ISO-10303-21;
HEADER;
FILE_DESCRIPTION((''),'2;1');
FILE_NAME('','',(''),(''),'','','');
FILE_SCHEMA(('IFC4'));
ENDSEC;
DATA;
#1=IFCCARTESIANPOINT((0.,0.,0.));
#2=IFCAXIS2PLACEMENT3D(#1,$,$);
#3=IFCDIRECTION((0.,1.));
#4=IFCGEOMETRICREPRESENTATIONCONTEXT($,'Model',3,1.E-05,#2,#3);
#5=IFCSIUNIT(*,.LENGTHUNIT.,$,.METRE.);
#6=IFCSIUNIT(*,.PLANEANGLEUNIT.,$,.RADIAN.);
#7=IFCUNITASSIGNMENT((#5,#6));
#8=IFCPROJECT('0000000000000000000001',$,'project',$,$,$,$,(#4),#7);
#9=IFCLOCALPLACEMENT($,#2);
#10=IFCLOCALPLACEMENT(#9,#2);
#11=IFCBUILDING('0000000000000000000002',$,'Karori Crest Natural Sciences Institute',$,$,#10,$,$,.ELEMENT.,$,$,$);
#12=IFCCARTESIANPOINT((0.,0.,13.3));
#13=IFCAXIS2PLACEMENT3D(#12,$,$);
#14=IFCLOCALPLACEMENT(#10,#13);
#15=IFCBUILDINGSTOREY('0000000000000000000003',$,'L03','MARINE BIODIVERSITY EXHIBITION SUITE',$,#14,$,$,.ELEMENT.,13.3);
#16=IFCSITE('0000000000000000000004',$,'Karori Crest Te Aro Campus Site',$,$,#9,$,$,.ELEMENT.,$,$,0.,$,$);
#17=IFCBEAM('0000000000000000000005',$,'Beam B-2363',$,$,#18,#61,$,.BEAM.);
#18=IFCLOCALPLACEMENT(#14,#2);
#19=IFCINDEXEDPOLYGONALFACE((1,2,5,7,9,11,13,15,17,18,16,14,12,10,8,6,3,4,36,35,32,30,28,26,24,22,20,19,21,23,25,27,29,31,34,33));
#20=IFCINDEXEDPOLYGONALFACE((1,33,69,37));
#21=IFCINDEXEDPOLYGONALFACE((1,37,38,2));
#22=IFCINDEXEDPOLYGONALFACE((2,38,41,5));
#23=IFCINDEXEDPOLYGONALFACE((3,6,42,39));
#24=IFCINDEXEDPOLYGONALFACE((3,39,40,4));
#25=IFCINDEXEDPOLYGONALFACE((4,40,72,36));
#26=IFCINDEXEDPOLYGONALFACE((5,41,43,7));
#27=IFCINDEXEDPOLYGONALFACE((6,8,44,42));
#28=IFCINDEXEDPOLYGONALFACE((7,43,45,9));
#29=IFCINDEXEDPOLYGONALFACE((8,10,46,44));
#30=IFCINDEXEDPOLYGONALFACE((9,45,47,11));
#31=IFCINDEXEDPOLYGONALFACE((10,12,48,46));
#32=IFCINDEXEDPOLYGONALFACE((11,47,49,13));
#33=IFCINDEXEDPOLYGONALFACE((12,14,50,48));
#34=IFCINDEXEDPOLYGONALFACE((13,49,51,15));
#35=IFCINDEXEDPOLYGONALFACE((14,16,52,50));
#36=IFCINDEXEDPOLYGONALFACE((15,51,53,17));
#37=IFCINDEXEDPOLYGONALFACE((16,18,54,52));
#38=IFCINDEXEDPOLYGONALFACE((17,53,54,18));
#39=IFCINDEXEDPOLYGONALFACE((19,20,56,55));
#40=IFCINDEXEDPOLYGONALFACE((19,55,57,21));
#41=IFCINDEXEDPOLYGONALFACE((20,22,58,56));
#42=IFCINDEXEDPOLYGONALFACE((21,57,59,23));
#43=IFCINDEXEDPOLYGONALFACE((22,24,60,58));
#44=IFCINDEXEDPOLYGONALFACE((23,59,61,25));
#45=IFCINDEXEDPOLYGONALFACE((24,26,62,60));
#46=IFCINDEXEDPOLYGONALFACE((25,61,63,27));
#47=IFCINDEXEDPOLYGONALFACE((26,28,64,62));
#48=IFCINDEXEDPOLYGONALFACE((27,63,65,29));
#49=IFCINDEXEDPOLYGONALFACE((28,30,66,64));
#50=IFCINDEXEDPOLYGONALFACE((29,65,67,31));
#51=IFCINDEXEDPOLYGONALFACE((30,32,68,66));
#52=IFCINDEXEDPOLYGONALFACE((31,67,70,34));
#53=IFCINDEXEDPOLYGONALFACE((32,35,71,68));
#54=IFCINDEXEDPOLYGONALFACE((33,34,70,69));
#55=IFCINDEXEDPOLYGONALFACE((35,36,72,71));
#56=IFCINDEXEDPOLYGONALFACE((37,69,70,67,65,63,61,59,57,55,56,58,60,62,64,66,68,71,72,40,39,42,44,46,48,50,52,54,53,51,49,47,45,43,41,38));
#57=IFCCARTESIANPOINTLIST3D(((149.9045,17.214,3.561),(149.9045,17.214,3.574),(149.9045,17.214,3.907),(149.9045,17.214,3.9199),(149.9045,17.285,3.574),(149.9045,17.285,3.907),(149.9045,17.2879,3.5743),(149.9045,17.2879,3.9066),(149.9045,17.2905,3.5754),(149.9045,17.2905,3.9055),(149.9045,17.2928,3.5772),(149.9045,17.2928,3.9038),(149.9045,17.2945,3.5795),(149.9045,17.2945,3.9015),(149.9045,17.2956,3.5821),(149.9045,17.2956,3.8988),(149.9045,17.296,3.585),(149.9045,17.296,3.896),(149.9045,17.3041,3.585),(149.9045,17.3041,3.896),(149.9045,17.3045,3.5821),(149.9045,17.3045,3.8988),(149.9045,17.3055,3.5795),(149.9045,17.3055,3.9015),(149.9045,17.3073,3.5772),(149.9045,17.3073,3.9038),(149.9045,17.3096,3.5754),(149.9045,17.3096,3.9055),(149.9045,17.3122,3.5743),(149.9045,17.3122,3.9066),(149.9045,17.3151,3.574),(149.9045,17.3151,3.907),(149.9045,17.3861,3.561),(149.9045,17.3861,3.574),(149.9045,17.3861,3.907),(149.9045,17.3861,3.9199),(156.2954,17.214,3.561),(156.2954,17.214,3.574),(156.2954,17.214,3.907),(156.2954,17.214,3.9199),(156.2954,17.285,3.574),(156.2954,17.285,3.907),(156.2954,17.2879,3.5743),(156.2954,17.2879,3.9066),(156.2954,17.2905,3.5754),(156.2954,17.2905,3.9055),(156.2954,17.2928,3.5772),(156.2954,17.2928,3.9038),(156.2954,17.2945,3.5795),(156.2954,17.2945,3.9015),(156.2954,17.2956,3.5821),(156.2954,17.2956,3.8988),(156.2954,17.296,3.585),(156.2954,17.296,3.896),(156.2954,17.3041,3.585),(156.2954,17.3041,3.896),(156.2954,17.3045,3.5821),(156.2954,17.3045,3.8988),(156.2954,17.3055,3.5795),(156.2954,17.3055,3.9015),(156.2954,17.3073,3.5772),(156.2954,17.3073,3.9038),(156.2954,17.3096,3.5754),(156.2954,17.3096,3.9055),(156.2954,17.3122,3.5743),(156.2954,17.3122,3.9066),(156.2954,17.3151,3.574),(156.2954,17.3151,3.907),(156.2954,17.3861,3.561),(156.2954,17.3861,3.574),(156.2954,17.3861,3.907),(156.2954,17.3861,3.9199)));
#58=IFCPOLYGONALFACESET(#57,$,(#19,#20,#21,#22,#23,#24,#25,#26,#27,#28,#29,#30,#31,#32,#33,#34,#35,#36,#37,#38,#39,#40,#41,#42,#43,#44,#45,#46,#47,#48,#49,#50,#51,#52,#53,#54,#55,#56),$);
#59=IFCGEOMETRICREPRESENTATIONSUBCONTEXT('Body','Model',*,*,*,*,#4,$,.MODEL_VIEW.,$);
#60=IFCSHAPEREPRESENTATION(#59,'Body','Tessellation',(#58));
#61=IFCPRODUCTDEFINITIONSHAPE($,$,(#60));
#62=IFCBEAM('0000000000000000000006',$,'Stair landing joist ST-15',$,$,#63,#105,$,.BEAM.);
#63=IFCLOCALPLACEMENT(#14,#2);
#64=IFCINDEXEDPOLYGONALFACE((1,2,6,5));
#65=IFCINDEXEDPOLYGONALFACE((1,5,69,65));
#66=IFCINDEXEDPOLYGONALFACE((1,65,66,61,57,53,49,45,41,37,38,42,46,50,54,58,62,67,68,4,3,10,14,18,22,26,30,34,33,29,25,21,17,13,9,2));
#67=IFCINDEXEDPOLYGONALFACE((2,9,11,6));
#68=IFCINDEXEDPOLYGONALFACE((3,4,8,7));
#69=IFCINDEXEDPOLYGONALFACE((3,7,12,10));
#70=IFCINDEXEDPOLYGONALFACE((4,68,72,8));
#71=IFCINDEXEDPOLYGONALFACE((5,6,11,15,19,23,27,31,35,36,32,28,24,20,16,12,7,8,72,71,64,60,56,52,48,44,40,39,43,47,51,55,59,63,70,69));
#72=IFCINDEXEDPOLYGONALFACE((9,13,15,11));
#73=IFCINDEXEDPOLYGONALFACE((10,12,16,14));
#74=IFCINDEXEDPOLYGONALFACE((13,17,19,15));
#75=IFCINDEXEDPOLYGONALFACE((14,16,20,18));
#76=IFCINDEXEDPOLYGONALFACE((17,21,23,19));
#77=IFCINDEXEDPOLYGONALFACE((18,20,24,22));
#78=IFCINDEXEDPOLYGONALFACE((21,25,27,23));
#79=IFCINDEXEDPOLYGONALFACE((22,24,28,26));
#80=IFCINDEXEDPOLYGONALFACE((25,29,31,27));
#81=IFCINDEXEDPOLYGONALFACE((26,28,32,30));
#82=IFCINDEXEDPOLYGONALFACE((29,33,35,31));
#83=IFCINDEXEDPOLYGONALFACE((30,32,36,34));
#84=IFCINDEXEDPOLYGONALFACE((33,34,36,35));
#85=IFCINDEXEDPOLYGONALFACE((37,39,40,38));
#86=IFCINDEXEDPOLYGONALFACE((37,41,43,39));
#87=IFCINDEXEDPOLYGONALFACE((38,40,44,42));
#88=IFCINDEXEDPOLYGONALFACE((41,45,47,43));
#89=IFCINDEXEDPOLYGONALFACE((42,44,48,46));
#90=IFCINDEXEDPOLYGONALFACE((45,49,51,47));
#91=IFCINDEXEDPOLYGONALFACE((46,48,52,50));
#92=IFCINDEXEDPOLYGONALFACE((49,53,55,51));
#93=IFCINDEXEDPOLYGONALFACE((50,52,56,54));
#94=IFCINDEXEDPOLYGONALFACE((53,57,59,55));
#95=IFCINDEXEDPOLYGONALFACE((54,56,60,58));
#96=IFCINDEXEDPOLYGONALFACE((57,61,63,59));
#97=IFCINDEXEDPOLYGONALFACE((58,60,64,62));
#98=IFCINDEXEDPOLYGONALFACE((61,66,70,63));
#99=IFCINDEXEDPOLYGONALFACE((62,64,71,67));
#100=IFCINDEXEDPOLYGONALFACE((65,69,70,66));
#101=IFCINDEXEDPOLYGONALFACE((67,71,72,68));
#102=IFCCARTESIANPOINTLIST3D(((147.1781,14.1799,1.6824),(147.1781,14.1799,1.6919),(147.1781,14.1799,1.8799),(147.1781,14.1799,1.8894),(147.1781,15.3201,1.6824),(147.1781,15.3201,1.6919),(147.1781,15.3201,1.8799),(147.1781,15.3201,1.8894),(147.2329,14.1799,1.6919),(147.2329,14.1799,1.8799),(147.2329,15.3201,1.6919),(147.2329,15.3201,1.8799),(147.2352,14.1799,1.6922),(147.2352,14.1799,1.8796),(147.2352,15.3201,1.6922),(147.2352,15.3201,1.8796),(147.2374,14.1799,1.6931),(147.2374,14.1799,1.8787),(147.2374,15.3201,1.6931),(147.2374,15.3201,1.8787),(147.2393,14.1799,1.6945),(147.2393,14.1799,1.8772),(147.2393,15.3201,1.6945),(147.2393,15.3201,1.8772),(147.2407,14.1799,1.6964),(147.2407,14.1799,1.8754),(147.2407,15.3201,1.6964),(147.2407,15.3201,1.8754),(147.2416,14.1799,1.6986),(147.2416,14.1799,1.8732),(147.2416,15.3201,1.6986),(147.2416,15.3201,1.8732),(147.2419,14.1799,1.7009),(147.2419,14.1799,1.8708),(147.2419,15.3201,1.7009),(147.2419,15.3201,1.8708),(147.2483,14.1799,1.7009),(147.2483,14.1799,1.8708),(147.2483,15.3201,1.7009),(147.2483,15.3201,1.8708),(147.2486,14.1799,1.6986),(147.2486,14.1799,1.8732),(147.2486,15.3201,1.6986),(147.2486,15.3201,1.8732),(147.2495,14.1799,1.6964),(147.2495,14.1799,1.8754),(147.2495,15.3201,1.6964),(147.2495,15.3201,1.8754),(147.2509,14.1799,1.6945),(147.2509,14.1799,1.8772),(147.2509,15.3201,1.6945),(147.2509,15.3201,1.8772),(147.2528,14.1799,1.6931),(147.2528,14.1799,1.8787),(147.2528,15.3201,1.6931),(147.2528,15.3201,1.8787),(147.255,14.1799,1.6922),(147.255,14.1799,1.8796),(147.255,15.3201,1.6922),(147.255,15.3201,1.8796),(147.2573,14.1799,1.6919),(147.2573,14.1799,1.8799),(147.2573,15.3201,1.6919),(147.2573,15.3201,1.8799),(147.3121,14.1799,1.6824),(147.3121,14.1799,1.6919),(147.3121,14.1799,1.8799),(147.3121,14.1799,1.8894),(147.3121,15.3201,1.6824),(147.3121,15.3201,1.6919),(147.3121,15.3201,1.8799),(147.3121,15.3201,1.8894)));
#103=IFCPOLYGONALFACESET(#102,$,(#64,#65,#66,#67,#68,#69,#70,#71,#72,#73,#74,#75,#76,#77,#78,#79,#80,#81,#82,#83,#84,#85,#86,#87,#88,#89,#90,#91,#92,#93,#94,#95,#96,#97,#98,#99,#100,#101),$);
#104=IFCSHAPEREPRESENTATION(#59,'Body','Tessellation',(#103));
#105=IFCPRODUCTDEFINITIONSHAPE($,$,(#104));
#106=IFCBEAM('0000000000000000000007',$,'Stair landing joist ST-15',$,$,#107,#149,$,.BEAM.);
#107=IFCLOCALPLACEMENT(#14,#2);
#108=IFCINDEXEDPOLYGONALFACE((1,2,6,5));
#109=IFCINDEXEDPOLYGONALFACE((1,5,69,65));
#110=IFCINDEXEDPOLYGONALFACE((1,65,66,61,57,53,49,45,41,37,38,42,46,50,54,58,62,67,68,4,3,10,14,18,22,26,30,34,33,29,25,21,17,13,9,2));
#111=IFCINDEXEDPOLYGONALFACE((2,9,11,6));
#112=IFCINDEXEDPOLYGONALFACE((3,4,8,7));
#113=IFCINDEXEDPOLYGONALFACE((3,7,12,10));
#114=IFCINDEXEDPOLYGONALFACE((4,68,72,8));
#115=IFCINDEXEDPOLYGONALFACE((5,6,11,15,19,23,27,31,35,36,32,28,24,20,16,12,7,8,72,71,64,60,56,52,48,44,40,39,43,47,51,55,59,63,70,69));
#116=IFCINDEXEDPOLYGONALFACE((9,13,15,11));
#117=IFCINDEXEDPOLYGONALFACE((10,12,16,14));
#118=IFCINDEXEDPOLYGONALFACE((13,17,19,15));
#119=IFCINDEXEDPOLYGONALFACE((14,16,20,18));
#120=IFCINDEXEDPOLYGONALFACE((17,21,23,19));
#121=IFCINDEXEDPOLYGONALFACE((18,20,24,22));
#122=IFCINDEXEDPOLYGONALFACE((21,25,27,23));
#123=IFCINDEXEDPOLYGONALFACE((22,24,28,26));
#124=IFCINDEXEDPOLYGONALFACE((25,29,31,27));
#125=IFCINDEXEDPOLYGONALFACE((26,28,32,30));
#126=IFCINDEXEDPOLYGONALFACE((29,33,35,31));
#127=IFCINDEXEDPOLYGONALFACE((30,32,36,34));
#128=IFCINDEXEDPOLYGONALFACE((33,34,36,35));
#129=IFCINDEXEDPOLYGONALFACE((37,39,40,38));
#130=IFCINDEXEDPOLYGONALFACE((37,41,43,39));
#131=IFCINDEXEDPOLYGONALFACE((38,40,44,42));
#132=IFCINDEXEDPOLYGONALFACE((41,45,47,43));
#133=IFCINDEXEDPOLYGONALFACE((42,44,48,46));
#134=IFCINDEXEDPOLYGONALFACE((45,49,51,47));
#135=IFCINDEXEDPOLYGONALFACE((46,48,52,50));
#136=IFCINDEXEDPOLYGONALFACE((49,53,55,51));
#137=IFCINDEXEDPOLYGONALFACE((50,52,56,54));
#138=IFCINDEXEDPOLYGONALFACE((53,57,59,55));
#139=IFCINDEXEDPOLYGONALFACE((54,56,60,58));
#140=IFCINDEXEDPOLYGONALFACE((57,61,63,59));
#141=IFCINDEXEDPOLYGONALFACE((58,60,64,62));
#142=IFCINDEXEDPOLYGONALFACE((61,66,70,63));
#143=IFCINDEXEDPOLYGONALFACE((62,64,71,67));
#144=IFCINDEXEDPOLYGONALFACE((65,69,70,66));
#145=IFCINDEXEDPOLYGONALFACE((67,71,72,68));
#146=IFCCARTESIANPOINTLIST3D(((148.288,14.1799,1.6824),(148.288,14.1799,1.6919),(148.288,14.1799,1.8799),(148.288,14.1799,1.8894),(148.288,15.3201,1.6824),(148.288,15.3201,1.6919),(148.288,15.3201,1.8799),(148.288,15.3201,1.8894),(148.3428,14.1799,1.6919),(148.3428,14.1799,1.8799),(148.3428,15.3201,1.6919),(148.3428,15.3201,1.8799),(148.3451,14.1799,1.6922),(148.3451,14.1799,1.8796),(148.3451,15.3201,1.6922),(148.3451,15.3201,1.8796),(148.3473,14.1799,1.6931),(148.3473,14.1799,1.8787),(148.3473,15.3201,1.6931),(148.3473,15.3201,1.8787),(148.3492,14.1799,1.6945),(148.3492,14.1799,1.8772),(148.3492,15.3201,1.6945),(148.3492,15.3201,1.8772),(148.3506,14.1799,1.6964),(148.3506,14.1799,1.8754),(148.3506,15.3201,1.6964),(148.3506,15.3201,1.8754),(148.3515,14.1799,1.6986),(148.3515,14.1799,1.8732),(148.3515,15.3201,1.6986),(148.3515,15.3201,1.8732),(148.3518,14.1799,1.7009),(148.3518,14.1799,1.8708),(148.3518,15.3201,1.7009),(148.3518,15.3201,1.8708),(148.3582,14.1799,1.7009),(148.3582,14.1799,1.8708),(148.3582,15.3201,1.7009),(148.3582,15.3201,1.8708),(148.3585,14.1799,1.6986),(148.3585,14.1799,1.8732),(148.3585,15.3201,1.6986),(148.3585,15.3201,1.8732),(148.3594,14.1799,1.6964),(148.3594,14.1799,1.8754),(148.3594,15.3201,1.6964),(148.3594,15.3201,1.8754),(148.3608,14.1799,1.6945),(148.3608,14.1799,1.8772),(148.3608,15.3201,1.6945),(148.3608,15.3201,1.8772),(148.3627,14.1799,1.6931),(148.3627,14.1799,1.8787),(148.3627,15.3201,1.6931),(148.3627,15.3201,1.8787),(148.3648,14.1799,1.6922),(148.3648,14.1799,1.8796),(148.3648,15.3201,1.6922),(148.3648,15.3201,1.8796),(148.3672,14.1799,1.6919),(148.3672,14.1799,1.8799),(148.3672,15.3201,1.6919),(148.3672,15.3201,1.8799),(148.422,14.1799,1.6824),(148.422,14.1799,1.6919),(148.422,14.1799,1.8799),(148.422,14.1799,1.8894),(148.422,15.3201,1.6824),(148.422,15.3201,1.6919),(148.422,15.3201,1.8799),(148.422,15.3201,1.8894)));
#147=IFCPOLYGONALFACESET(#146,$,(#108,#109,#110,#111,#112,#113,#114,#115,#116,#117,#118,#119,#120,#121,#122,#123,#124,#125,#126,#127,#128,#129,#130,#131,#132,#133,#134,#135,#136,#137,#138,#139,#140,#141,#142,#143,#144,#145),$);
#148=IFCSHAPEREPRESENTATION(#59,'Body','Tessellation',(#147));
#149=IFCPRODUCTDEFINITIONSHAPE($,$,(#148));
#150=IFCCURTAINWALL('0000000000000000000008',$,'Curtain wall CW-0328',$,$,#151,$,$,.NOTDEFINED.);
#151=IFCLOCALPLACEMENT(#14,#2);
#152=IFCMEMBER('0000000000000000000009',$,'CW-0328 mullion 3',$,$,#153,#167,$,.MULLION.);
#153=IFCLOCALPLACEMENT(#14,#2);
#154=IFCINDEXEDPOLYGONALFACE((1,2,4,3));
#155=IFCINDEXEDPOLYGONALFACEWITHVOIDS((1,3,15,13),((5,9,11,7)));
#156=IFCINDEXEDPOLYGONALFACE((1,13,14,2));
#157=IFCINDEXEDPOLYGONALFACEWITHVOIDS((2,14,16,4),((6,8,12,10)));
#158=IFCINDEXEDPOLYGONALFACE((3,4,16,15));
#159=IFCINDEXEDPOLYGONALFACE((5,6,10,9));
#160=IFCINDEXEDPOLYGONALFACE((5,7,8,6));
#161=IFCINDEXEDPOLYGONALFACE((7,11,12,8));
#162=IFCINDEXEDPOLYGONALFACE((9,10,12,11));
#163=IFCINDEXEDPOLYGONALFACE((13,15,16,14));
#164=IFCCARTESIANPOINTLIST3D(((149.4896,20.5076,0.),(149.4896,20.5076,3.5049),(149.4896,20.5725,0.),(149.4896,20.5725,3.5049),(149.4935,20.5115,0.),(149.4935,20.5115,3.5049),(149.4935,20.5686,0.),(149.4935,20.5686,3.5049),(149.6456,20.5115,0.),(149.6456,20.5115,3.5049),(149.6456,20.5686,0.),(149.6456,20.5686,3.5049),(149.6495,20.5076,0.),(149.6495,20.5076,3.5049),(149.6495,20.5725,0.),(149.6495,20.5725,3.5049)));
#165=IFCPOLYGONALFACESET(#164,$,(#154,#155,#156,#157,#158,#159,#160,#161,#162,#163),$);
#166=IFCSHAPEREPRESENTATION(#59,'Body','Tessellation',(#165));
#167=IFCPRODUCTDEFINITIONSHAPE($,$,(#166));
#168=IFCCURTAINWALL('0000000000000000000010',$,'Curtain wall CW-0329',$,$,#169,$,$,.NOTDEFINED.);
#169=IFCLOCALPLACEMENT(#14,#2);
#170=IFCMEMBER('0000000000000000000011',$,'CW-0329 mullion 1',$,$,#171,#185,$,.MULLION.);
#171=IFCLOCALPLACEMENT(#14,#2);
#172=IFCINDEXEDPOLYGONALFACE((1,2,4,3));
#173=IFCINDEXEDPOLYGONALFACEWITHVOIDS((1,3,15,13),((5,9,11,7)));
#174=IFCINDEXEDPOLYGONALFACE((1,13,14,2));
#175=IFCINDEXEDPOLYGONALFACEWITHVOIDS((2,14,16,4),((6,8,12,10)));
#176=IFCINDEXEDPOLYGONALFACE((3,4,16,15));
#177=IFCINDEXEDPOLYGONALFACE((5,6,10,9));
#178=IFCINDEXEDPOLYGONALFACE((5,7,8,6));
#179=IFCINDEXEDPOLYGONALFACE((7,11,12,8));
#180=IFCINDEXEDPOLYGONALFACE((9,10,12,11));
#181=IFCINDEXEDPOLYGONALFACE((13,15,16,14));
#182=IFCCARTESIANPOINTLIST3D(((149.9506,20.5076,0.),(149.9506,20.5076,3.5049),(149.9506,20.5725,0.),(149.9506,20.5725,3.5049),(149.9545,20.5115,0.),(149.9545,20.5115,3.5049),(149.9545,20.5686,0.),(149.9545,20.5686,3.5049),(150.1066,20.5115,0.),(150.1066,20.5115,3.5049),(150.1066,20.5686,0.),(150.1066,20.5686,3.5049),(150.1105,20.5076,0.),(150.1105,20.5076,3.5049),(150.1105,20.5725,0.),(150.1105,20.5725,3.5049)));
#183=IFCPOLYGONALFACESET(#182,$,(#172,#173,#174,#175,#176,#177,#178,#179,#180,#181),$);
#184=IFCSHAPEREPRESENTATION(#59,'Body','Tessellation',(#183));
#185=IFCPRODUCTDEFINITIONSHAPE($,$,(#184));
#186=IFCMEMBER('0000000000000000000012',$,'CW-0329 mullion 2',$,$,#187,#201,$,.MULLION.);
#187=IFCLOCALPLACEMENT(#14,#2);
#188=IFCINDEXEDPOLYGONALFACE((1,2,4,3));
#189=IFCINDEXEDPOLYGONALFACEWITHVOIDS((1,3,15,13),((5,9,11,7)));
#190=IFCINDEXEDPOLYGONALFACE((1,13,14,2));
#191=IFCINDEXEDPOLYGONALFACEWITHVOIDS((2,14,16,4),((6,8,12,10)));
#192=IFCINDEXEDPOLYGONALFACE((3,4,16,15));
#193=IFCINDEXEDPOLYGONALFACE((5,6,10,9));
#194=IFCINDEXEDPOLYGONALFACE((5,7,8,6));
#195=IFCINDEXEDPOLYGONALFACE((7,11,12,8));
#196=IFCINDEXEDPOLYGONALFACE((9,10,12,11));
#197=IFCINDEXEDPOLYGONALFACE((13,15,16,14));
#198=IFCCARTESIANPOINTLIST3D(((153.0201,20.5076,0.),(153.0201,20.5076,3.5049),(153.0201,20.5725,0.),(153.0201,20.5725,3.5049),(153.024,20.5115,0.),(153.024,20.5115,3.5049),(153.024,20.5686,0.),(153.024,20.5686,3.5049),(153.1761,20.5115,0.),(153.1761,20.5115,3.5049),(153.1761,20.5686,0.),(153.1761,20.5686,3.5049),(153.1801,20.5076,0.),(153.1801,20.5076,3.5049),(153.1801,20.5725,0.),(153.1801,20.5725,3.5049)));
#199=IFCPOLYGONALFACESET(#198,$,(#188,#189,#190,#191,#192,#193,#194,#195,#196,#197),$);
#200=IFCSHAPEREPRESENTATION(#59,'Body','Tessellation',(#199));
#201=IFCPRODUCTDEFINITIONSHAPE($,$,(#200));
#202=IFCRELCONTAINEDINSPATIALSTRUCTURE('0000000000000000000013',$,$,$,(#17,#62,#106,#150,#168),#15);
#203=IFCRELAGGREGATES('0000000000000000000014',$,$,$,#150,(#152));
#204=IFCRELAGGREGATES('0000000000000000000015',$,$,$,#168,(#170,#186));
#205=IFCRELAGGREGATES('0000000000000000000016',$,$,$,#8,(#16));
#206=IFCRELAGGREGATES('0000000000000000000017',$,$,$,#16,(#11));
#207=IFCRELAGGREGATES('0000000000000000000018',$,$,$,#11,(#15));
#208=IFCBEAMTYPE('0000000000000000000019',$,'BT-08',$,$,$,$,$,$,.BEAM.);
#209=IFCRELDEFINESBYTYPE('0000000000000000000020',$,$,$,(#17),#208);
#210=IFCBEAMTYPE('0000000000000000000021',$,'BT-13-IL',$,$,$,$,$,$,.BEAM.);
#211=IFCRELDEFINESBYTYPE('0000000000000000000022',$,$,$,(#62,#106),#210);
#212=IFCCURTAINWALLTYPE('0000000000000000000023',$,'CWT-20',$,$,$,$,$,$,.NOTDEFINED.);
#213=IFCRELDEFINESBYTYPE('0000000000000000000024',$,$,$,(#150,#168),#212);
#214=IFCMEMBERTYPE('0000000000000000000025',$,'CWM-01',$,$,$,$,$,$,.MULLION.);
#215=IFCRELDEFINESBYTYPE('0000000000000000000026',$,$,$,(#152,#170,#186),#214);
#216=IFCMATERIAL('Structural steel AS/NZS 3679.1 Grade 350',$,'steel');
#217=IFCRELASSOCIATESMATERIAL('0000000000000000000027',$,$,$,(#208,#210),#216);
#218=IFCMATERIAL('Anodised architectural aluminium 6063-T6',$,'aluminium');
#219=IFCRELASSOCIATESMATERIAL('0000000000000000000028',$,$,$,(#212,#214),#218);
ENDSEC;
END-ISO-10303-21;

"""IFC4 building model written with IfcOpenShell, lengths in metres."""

from ifc_helpers import new_model, si_unit, direction, frame, origin, origin_2d, place, context, subcontext, project, spatial, hollow_rectangle, i_section, extrude, material, material_profile, profile_set, type_object, element, aggregate, save


model = new_model("IFC4")

# Units and contexts
model_context = context("Model", 3, precision=1e-05, world=origin(), true_north=direction((0.0, 1.0)))
body_context = subcontext(model_context, "Body", "Model", "MODEL_VIEW")
ifc_project = project(units=[si_unit("LENGTHUNIT", "METRE"), si_unit("PLANEANGLEUNIT", "RADIAN")], contexts=[model_context])

# Site, building, storey
site_placement = place(None, origin())
site = spatial("IfcSite", under=ifc_project, at=site_placement, Name="Karori Crest Te Aro Campus Site", CompositionType="ELEMENT", RefElevation=0.0)
building_placement = place(site_placement, origin())
building = spatial("IfcBuilding", under=site, at=building_placement, Name="Karori Crest Natural Sciences Institute", CompositionType="ELEMENT")
storey_placement = place(building_placement, frame((0.0, 0.0, 13.3)))
storey = spatial("IfcBuildingStorey", under=building, at=storey_placement, Name="L03", Description="MARINE BIODIVERSITY EXHIBITION SUITE", CompositionType="ELEMENT", Elevation=13.3)

# Beams
ifc_material_1 = material(Name="Structural steel AS/NZS 3679.1 Grade 350", Category="steel")
ifc_material_profile_1 = material_profile(ifc_material_1, i_section(OverallWidth=0.1721, OverallDepth=0.3589, WebThickness=0.0081, FlangeThickness=0.0129, FilletRadius=0.011, at=origin_2d()), Name="360UB56.7")
ifc_profile_set_1 = profile_set([ifc_material_profile_1], Name="Structural steel AS/NZS 3679.1 Grade 350")
beam_type_1 = type_object("IfcBeamType", Name="BT-08", PredefinedType="BEAM", material=ifc_profile_set_1)
beam_placement = place(storey_placement, frame((149.9045, 17.3, 3.7405), z_axis=(1.0, 0.0, 0.0), x_axis=(0.0, 1.0, 0.0)))
element("IfcBeam", 1, at=beam_placement, inside=storey, type_object=beam_type_1, Name="Beam B-2363", PredefinedType="BEAM", context=body_context, shape_type="SweptSolid", body=[
    extrude(i_section(OverallWidth=0.1721, OverallDepth=0.3589, WebThickness=0.0081, FlangeThickness=0.0129, FilletRadius=0.011, at=origin_2d()), origin(), (0.0, 0.0, 1.0), 6.3909),
])
ifc_material_profile_2 = material_profile(ifc_material_1, i_section(OverallWidth=0.134, OverallDepth=0.207, WebThickness=0.0063, FlangeThickness=0.0095, FilletRadius=0.009, at=origin_2d()), Name="200UB29.8")
ifc_profile_set_2 = profile_set([ifc_material_profile_2], Name="Structural steel AS/NZS 3679.1 Grade 350")
beam_type_2 = type_object("IfcBeamType", Name="BT-13-IL", PredefinedType="BEAM", material=ifc_profile_set_2)
for number, where, z_axis, x_axis, name in (
    (2, (147.2451, 14.1799, 1.7859), (0.0, 1.0, 0.0), (-1.0, 0.0, 0.0), "Stair landing joist ST-15"),
    (3, (148.355, 14.1799, 1.7859), (0.0, 1.0, 0.0), (-1.0, 0.0, 0.0), "Stair landing joist ST-15"),
):
    element("IfcBeam", number, at=place(storey_placement, frame(where, z_axis=z_axis, x_axis=x_axis)), inside=storey, type_object=beam_type_2, Name=name, PredefinedType="BEAM", context=body_context, shape_type="SweptSolid", body=[
        extrude(i_section(OverallWidth=0.134, OverallDepth=0.207, WebThickness=0.0063, FlangeThickness=0.0095, FilletRadius=0.009, at=origin_2d()), origin(), (0.0, 0.0, 1.0), 1.1401),
    ])

# Curtain wall, member
ifc_material_2 = material(Name="Anodised architectural aluminium 6063-T6", Category="aluminium")
curtain_wall_type = type_object("IfcCurtainWallType", Name="CWT-20", PredefinedType="NOTDEFINED", material=ifc_material_2)
curtain_wall_1_placement = place(storey_placement, origin())
curtain_wall_1 = element("IfcCurtainWall", 4, at=curtain_wall_1_placement, inside=storey, type_object=curtain_wall_type, Name="Curtain wall CW-0328", PredefinedType="NOTDEFINED")
ifc_material_profile_3 = material_profile(ifc_material_2, hollow_rectangle(XDim=0.0649, YDim=0.1599, WallThickness=0.0039, at=origin_2d()), Name="CWM160x65x4")
ifc_profile_set_3 = profile_set([ifc_material_profile_3], Name="Anodised architectural aluminium 6063-T6")
member_type_1 = type_object("IfcMemberType", Name="CWM-01", PredefinedType="MULLION", material=ifc_profile_set_3)
member_1_placement = place(storey_placement, frame((149.5696, 20.54, 0.0), z_axis=(0.0, 0.0, 1.0), x_axis=(0.0, 1.0, 0.0)))
member_1 = element("IfcMember", 5, at=member_1_placement, type_object=member_type_1, Name="CW-0328 mullion 3", PredefinedType="MULLION", context=body_context, shape_type="SweptSolid", body=[
    extrude(hollow_rectangle(XDim=0.0649, YDim=0.1599, WallThickness=0.0039, at=origin_2d()), origin(), (0.0, 0.0, 1.0), 3.5049),
])

# Curtain wall, members
curtain_wall_2_placement = place(storey_placement, origin())
curtain_wall_2 = element("IfcCurtainWall", 6, at=curtain_wall_2_placement, inside=storey, type_object=curtain_wall_type, Name="Curtain wall CW-0329", PredefinedType="NOTDEFINED")
member_2_placement = place(storey_placement, frame((150.0305, 20.54, 0.0), z_axis=(0.0, 0.0, 1.0), x_axis=(0.0, 1.0, 0.0)))
member_2 = element("IfcMember", 7, at=member_2_placement, type_object=member_type_1, Name="CW-0329 mullion 1", PredefinedType="MULLION", context=body_context, shape_type="SweptSolid", body=[
    extrude(hollow_rectangle(XDim=0.0649, YDim=0.1599, WallThickness=0.0039, at=origin_2d()), origin(), (0.0, 0.0, 1.0), 3.5049),
])
member_3_placement = place(storey_placement, frame((153.1001, 20.54, 0.0), z_axis=(0.0, 0.0, 1.0), x_axis=(0.0, 1.0, 0.0)))
member_3 = element("IfcMember", 8, at=member_3_placement, type_object=member_type_1, Name="CW-0329 mullion 2", PredefinedType="MULLION", context=body_context, shape_type="SweptSolid", body=[
    extrude(hollow_rectangle(XDim=0.0649, YDim=0.1599, WallThickness=0.0039, at=origin_2d()), origin(), (0.0, 0.0, 1.0), 3.5049),
])

aggregate(curtain_wall_1, [member_1])
aggregate(curtain_wall_2, [member_2, member_3])

save(model, "model.ifc")
